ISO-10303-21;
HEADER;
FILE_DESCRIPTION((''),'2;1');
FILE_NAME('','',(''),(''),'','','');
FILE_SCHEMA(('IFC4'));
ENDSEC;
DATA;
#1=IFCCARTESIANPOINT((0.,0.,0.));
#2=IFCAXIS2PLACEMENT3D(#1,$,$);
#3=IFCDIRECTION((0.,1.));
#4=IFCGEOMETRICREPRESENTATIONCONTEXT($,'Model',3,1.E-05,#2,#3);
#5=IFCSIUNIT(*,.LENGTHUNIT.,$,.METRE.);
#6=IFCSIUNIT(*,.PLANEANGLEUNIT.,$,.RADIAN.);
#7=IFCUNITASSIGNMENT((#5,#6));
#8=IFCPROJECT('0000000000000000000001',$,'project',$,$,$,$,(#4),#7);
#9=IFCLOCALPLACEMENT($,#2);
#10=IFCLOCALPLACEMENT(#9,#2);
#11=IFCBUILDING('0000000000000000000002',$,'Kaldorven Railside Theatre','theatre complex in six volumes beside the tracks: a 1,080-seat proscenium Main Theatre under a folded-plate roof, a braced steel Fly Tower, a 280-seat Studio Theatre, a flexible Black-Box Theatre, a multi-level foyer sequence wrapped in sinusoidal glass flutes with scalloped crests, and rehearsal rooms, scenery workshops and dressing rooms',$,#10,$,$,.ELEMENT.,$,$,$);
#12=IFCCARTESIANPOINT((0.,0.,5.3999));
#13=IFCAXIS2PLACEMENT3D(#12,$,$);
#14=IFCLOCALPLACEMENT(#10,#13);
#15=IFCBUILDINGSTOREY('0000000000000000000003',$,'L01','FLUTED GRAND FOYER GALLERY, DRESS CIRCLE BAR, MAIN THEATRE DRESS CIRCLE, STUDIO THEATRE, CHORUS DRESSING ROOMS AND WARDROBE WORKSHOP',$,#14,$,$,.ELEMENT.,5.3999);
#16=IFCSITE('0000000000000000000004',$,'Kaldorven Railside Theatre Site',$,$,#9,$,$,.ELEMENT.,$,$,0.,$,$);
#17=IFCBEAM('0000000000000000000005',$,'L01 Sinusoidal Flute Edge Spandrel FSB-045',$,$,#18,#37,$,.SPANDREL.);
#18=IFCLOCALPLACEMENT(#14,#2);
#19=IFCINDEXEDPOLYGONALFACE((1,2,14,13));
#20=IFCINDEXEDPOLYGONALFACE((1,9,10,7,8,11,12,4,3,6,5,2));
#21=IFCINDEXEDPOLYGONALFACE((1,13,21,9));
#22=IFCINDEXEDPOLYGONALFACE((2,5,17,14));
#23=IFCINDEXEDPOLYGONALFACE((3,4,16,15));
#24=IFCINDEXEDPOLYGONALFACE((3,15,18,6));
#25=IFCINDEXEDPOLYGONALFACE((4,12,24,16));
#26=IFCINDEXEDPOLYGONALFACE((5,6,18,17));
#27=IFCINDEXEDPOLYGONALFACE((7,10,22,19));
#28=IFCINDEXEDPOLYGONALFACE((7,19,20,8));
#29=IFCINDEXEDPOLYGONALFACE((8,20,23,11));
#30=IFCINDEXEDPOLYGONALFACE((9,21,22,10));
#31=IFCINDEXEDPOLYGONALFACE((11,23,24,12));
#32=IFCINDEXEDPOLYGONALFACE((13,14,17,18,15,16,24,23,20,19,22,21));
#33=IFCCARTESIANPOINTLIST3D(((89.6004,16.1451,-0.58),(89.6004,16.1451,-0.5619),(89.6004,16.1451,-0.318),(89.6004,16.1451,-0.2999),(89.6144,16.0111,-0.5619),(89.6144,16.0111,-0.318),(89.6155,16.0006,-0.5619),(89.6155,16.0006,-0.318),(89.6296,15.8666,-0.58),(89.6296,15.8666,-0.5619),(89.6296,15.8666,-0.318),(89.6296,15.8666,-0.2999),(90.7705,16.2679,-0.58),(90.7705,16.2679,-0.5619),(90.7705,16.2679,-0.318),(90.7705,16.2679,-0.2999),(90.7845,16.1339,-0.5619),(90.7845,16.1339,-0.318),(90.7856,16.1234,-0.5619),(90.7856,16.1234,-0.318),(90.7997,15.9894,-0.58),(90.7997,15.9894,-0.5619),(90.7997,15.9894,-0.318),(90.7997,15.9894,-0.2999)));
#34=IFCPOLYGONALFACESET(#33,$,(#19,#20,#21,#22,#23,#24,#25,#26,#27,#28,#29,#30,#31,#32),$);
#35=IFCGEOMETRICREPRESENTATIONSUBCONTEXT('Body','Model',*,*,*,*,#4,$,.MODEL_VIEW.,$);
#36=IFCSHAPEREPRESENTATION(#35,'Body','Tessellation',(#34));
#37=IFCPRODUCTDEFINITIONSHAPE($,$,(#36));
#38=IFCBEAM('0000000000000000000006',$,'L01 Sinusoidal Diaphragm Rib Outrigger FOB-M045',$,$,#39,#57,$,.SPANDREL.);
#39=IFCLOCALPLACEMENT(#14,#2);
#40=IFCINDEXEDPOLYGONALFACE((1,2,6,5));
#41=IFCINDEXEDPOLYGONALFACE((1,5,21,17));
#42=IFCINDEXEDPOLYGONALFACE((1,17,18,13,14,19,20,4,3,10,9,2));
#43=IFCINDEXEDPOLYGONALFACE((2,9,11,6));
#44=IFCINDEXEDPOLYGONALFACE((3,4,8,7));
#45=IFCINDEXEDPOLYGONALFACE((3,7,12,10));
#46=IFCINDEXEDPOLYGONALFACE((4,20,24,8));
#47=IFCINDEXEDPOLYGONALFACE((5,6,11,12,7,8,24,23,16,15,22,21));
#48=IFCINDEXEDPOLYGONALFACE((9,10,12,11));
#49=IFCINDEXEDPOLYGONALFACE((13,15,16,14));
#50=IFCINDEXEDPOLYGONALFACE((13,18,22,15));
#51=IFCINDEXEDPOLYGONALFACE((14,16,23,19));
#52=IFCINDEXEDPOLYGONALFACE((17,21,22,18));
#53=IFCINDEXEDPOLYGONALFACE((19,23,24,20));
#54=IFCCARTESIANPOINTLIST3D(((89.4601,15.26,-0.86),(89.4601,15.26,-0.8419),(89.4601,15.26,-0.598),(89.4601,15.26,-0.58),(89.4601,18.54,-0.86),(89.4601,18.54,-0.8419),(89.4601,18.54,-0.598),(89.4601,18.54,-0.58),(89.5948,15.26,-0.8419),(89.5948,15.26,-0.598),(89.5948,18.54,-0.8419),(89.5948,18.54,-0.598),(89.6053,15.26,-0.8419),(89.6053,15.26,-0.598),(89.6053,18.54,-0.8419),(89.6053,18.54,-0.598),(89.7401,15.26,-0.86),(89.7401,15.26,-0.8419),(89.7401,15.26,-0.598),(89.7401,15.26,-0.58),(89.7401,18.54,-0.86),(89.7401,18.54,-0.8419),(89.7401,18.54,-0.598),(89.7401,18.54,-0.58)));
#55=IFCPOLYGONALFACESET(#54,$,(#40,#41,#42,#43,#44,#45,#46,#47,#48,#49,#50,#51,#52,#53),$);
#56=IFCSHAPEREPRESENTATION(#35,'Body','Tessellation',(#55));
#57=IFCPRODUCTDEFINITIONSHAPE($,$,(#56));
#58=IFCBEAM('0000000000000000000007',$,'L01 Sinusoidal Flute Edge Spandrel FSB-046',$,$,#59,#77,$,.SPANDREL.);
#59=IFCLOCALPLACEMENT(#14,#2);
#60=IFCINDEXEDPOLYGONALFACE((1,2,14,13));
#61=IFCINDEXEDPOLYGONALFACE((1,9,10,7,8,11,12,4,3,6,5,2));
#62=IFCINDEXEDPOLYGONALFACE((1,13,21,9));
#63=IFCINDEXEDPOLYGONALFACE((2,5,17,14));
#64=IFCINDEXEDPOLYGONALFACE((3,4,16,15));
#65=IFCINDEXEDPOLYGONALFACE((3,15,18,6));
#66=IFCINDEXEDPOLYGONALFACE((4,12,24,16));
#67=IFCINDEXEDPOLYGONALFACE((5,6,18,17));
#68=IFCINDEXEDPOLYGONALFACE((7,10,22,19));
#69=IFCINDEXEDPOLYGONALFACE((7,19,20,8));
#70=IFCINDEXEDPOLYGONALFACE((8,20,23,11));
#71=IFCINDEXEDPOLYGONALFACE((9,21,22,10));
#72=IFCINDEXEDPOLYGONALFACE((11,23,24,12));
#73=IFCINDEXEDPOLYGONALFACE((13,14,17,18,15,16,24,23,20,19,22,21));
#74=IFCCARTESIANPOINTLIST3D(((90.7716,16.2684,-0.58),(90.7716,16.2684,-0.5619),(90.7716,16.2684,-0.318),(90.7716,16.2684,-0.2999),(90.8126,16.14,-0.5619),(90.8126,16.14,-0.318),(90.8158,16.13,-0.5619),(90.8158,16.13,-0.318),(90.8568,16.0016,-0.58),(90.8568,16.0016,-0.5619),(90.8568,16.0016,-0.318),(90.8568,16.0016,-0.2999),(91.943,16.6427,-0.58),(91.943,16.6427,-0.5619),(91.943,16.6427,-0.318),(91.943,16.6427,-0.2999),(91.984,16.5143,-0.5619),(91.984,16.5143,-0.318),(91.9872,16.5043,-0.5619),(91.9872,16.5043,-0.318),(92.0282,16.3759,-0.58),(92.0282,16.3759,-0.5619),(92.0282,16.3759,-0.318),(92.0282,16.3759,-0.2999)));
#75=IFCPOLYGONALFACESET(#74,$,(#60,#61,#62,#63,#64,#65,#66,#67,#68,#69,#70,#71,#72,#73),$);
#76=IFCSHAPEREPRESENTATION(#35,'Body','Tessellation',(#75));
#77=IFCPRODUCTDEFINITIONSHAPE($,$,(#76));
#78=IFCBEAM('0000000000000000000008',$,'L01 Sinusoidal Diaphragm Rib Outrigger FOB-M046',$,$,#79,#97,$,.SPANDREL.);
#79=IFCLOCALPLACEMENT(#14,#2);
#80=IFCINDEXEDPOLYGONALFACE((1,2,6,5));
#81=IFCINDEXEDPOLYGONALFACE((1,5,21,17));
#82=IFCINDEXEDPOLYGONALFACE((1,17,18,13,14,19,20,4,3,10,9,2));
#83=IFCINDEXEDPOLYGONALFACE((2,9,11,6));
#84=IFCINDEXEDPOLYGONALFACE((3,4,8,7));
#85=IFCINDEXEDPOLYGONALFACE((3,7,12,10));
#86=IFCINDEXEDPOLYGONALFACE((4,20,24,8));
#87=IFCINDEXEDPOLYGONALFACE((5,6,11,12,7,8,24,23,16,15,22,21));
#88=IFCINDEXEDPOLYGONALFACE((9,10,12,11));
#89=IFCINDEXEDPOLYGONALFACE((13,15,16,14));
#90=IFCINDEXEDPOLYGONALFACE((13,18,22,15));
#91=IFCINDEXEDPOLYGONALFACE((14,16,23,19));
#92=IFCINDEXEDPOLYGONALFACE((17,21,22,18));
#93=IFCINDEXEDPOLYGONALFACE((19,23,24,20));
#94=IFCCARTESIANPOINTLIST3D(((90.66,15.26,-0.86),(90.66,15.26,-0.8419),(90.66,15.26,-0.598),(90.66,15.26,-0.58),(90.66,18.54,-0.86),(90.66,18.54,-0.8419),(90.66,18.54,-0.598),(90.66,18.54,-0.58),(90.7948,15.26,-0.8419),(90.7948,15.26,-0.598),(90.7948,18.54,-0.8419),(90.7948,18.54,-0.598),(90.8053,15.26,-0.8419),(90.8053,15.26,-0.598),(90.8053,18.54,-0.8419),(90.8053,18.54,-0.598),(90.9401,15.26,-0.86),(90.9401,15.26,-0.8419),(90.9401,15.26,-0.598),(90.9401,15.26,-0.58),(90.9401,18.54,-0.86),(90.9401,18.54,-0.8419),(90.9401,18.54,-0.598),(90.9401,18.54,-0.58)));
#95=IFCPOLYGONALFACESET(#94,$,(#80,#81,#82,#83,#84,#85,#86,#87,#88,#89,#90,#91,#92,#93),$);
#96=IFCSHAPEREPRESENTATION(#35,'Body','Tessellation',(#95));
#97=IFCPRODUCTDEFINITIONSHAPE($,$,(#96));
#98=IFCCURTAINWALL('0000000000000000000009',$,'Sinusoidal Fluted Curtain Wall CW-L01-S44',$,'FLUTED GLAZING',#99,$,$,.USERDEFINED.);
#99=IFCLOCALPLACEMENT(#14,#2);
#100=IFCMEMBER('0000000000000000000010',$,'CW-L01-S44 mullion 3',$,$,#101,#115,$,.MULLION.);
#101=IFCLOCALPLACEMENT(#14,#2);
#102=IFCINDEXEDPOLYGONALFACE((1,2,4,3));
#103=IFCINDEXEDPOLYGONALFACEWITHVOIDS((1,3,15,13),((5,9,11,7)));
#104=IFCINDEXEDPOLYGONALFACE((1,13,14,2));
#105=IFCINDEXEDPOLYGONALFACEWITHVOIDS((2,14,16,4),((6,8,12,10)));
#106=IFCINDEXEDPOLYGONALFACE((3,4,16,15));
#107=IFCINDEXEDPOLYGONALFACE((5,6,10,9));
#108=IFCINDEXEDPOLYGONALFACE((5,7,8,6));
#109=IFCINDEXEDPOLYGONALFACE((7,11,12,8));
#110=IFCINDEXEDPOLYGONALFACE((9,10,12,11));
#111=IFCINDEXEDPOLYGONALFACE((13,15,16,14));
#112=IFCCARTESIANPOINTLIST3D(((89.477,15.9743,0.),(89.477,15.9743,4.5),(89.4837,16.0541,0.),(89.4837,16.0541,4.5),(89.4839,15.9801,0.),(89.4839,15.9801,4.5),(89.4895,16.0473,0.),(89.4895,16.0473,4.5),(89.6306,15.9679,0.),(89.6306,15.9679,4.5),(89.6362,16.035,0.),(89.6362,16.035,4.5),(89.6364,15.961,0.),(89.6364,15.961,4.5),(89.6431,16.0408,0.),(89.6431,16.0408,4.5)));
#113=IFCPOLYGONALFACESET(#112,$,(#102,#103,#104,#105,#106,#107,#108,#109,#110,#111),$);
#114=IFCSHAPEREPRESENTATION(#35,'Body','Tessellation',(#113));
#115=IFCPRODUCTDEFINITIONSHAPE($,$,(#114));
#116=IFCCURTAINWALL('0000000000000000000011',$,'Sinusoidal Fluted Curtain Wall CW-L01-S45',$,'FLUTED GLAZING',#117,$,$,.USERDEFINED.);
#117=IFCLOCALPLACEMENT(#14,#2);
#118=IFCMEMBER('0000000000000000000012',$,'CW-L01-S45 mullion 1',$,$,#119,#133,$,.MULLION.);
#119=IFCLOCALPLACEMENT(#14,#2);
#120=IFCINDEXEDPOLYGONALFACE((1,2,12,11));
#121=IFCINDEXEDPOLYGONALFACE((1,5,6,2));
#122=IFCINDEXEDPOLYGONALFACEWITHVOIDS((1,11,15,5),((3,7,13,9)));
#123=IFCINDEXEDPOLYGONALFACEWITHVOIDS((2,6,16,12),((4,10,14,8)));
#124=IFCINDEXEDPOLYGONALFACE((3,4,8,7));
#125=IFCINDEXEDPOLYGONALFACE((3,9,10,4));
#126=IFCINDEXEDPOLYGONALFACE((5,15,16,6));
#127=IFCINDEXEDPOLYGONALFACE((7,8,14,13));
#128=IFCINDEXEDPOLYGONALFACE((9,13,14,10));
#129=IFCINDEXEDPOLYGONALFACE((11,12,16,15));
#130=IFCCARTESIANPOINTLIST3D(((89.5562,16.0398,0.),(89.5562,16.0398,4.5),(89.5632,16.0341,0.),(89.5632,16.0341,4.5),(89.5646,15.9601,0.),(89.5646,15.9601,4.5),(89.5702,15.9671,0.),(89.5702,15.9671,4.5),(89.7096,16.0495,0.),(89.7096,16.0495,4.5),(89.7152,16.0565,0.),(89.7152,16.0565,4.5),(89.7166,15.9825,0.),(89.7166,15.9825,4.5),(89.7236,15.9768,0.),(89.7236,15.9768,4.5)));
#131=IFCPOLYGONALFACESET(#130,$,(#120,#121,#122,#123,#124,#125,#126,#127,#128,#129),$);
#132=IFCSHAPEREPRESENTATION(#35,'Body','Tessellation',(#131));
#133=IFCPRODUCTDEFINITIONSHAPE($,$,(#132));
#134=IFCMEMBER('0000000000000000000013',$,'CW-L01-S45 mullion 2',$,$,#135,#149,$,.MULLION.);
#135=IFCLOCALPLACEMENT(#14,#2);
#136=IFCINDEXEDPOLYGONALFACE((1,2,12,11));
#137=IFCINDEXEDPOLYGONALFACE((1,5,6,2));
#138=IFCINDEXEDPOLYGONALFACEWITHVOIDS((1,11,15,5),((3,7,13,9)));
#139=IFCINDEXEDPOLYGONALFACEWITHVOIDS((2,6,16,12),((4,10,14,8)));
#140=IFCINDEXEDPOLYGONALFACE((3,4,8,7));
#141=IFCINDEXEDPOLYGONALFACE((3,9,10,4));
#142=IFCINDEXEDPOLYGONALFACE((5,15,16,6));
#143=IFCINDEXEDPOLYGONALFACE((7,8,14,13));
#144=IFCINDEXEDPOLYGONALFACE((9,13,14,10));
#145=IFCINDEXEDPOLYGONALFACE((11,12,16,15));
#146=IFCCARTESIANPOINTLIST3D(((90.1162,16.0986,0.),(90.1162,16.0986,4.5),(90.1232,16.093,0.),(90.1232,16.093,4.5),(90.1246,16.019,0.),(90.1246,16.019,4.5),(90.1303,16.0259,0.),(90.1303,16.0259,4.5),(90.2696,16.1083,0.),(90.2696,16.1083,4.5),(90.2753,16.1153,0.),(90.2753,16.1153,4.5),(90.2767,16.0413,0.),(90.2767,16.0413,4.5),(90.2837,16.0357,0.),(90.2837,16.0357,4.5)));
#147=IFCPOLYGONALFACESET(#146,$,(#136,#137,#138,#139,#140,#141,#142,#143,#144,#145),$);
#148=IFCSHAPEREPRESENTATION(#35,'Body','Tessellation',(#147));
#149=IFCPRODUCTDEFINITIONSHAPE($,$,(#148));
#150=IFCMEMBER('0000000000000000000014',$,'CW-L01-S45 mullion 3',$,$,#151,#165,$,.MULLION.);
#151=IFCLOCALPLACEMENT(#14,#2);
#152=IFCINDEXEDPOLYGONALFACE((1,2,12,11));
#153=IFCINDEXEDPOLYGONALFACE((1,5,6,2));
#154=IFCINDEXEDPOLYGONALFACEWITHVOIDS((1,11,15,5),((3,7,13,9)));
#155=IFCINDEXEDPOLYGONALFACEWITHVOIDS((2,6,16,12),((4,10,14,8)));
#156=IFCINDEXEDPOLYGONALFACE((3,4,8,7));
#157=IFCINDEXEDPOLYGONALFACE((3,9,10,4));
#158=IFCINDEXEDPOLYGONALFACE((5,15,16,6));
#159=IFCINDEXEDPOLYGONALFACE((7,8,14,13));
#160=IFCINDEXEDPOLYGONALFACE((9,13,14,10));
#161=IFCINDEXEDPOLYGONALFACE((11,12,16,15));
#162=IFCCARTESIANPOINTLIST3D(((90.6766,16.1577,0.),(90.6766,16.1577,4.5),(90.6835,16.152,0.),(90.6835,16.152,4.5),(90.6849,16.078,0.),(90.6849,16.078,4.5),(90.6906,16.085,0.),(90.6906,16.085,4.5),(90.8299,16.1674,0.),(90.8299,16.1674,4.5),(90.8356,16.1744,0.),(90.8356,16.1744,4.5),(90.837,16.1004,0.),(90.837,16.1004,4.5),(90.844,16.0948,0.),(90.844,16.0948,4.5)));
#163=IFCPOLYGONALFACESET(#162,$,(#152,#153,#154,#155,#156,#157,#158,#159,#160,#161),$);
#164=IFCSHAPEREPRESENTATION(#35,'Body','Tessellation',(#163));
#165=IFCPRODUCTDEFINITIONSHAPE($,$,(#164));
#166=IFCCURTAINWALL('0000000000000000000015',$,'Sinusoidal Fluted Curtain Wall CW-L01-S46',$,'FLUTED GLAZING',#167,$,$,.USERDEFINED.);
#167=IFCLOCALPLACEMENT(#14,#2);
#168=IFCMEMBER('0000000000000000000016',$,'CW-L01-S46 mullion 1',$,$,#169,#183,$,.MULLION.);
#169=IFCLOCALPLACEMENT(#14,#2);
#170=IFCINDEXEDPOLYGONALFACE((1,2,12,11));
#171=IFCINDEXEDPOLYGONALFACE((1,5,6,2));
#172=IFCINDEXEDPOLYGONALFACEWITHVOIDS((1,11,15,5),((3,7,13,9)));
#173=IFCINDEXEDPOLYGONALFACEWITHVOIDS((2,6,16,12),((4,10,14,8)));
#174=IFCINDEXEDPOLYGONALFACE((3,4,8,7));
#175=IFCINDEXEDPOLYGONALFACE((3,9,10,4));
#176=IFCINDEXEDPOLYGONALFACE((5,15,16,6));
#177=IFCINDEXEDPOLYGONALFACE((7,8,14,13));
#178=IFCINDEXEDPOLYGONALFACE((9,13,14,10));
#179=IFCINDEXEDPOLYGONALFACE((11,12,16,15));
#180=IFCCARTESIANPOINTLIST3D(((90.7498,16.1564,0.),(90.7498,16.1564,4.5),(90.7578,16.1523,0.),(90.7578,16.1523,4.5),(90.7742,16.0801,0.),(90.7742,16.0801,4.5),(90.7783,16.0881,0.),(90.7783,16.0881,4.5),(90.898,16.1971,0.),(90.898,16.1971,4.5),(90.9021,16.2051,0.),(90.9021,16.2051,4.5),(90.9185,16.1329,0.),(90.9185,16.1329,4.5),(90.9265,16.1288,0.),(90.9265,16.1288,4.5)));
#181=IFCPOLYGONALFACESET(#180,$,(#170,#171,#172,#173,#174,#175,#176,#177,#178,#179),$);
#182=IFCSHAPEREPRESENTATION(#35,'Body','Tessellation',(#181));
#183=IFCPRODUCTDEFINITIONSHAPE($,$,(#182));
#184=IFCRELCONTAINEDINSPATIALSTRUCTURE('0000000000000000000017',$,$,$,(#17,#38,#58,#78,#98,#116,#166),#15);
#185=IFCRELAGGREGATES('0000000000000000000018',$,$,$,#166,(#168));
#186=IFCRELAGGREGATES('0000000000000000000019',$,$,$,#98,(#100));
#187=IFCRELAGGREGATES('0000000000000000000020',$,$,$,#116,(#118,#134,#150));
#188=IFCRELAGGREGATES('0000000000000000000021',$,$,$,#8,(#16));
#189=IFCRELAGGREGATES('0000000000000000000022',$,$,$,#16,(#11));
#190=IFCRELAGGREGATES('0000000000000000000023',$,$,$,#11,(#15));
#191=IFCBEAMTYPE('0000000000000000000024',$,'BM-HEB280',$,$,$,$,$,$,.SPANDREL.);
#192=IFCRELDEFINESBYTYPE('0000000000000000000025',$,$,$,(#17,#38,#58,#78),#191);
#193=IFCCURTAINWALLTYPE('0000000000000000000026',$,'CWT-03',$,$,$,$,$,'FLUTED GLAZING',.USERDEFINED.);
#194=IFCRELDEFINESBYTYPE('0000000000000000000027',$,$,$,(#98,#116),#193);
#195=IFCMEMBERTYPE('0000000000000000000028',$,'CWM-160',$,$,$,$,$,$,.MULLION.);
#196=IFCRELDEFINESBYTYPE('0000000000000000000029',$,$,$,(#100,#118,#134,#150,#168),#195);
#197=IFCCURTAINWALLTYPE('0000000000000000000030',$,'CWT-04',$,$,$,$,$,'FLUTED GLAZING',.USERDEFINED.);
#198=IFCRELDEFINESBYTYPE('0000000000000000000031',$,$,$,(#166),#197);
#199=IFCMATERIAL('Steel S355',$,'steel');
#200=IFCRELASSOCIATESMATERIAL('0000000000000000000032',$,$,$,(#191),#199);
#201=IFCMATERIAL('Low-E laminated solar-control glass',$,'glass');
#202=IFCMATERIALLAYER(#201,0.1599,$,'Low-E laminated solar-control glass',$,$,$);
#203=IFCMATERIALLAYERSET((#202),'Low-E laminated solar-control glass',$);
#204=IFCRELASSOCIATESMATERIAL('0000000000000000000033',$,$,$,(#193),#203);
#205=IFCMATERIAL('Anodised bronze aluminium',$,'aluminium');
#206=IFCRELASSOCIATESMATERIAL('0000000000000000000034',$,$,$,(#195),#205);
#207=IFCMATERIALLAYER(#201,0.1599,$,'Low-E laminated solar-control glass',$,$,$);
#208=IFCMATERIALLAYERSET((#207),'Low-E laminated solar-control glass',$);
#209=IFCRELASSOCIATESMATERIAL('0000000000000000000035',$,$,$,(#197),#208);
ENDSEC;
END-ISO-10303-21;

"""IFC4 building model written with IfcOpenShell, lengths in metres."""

from ifc_helpers import new_model, si_unit, direction, frame, origin, origin_2d, place, context, subcontext, project, spatial, hollow_rectangle, i_section, extrude, material, layer, layer_set, material_profile, profile_set, type_object, element, aggregate, save


model = new_model("IFC4")

# Units and contexts
model_context = context("Model", 3, precision=1e-05, world=origin(), true_north=direction((0.0, 1.0)))
body_context = subcontext(model_context, "Body", "Model", "MODEL_VIEW")
ifc_project = project(units=[si_unit("LENGTHUNIT", "METRE"), si_unit("PLANEANGLEUNIT", "RADIAN")], contexts=[model_context])

# Site, building, storey
site_placement = place(None, origin())
site = spatial("IfcSite", under=ifc_project, at=site_placement, Name="Kaldorven Railside Theatre Site", CompositionType="ELEMENT", RefElevation=0.0)
building_placement = place(site_placement, origin())
building = spatial("IfcBuilding", under=site, at=building_placement, Name="Kaldorven Railside Theatre", Description="theatre complex in six volumes beside the tracks: a 1,080-seat proscenium Main Theatre under a folded-plate roof, a braced steel Fly Tower, a 280-seat Studio Theatre, a flexible Black-Box Theatre, a multi-level foyer sequence wrapped in sinusoidal glass flutes with scalloped crests, and rehearsal rooms, scenery workshops and dressing rooms", CompositionType="ELEMENT")
storey_placement = place(building_placement, frame((0.0, 0.0, 5.3999)))
storey = spatial("IfcBuildingStorey", under=building, at=storey_placement, Name="L01", Description="FLUTED GRAND FOYER GALLERY, DRESS CIRCLE BAR, MAIN THEATRE DRESS CIRCLE, STUDIO THEATRE, CHORUS DRESSING ROOMS AND WARDROBE WORKSHOP", CompositionType="ELEMENT", Elevation=5.3999)

# Beams
ifc_material_1 = material(Name="Steel S355", Category="steel")
ifc_material_profile_1 = material_profile(ifc_material_1, i_section(OverallWidth=0.28, OverallDepth=0.28, WebThickness=0.0105, FlangeThickness=0.0181, at=origin_2d()), Name="HEB 280")
ifc_profile_set_1 = profile_set([ifc_material_profile_1], Name="Steel S355")
beam_type = type_object("IfcBeamType", Name="BM-HEB280", PredefinedType="SPANDREL", material=ifc_profile_set_1)
beam_1_placement = place(storey_placement, frame((89.615, 16.0059, -0.4399), z_axis=(0.994538, 0.104372, 0.0), x_axis=(-0.104372, 0.994538, 0.0)))
element("IfcBeam", 1, at=beam_1_placement, inside=storey, type_object=beam_type, Name="L01 Sinusoidal Flute Edge Spandrel FSB-045", PredefinedType="SPANDREL", context=body_context, shape_type="SweptSolid", body=[
    extrude(i_section(OverallWidth=0.28, OverallDepth=0.28, WebThickness=0.0105, FlangeThickness=0.0181, at=origin_2d()), origin(), (0.0, 0.0, 1.0), 1.1765),
])
beam_2_placement = place(storey_placement, frame((89.6001, 15.26, -0.72), z_axis=(0.0, 1.0, 0.0), x_axis=(-1.0, 0.0, 0.0)))
element("IfcBeam", 2, at=beam_2_placement, inside=storey, type_object=beam_type, Name="L01 Sinusoidal Diaphragm Rib Outrigger FOB-M045", PredefinedType="SPANDREL", context=body_context, shape_type="SweptSolid", body=[
    extrude(i_section(OverallWidth=0.28, OverallDepth=0.28, WebThickness=0.0105, FlangeThickness=0.0181, at=origin_2d()), origin(), (0.0, 0.0, 1.0), 3.28),
])
beam_3_placement = place(storey_placement, frame((90.8142, 16.135, -0.4399), z_axis=(0.95256, 0.304351, 0.0), x_axis=(-0.304351, 0.95256, 0.0)))
element("IfcBeam", 3, at=beam_3_placement, inside=storey, type_object=beam_type, Name="L01 Sinusoidal Flute Edge Spandrel FSB-046", PredefinedType="SPANDREL", context=body_context, shape_type="SweptSolid", body=[
    extrude(i_section(OverallWidth=0.28, OverallDepth=0.28, WebThickness=0.0105, FlangeThickness=0.0181, at=origin_2d()), origin(), (0.0, 0.0, 1.0), 1.2297),
])
beam_4_placement = place(storey_placement, frame((90.8, 15.26, -0.72), z_axis=(0.0, 1.0, 0.0), x_axis=(-1.0, 0.0, 0.0)))
element("IfcBeam", 4, at=beam_4_placement, inside=storey, type_object=beam_type, Name="L01 Sinusoidal Diaphragm Rib Outrigger FOB-M046", PredefinedType="SPANDREL", context=body_context, shape_type="SweptSolid", body=[
    extrude(i_section(OverallWidth=0.28, OverallDepth=0.28, WebThickness=0.0105, FlangeThickness=0.0181, at=origin_2d()), origin(), (0.0, 0.0, 1.0), 3.28),
])

# Curtain wall, member
ifc_material_2 = material(Name="Low-E laminated solar-control glass", Category="glass")
ifc_layer_1 = layer(ifc_material_2, 0.1599, Name="Low-E laminated solar-control glass")
ifc_layer_set_1 = layer_set([ifc_layer_1], Name="Low-E laminated solar-control glass")
curtain_wall_type_1 = type_object("IfcCurtainWallType", Name="CWT-03", ElementType="FLUTED GLAZING", PredefinedType="USERDEFINED", material=ifc_layer_set_1)
curtain_wall_1_placement = place(storey_placement, origin())
curtain_wall_1 = element("IfcCurtainWall", 5, at=curtain_wall_1_placement, inside=storey, type_object=curtain_wall_type_1, Name="Sinusoidal Fluted Curtain Wall CW-L01-S44", ObjectType="FLUTED GLAZING", PredefinedType="USERDEFINED")
ifc_material_3 = material(Name="Anodised bronze aluminium", Category="aluminium")
ifc_material_profile_2 = material_profile(ifc_material_3, hollow_rectangle(XDim=0.0801, YDim=0.1599, WallThickness=0.0063, at=origin_2d()), Name="RHS 160x80x6.3")
ifc_profile_set_2 = profile_set([ifc_material_profile_2], Name="Anodised bronze aluminium")
member_type_1 = type_object("IfcMemberType", Name="CWM-160", PredefinedType="MULLION", material=ifc_profile_set_2)
member_1_placement = place(storey_placement, frame((89.5601, 16.0076, 0.0), z_axis=(0.0, 0.0, 1.0), x_axis=(0.08321, 0.996532, 0.0)))
member_1 = element("IfcMember", 6, at=member_1_placement, type_object=member_type_1, Name="CW-L01-S44 mullion 3", PredefinedType="MULLION", context=body_context, shape_type="SweptSolid", body=[
    extrude(hollow_rectangle(XDim=0.0801, YDim=0.1599, WallThickness=0.0063, at=origin_2d()), origin(), (0.0, 0.0, 1.0), 4.5),
])

# Curtain wall, members
curtain_wall_2_placement = place(storey_placement, origin())
curtain_wall_2 = element("IfcCurtainWall", 7, at=curtain_wall_2_placement, inside=storey, type_object=curtain_wall_type_1, Name="Sinusoidal Fluted Curtain Wall CW-L01-S45", ObjectType="FLUTED GLAZING", PredefinedType="USERDEFINED")
member_2_placement = place(storey_placement, frame((89.6399, 16.0083, 0.0), z_axis=(0.0, 0.0, 1.0), x_axis=(-0.104508, 0.994524, 0.0)))
member_2 = element("IfcMember", 8, at=member_2_placement, type_object=member_type_1, Name="CW-L01-S45 mullion 1", PredefinedType="MULLION", context=body_context, shape_type="SweptSolid", body=[
    extrude(hollow_rectangle(XDim=0.0801, YDim=0.1599, WallThickness=0.0063, at=origin_2d()), origin(), (0.0, 0.0, 1.0), 4.5),
])
member_3_placement = place(storey_placement, frame((90.2, 16.0671, 0.0), z_axis=(0.0, 0.0, 1.0), x_axis=(-0.104508, 0.994524, 0.0)))
member_3 = element("IfcMember", 9, at=member_3_placement, type_object=member_type_1, Name="CW-L01-S45 mullion 2", PredefinedType="MULLION", context=body_context, shape_type="SweptSolid", body=[
    extrude(hollow_rectangle(XDim=0.0801, YDim=0.1599, WallThickness=0.0063, at=origin_2d()), origin(), (0.0, 0.0, 1.0), 4.5),
])
member_4_placement = place(storey_placement, frame((90.7603, 16.1262, 0.0), z_axis=(0.0, 0.0, 1.0), x_axis=(-0.104508, 0.994524, 0.0)))
member_4 = element("IfcMember", 10, at=member_4_placement, type_object=member_type_1, Name="CW-L01-S45 mullion 3", PredefinedType="MULLION", context=body_context, shape_type="SweptSolid", body=[
    extrude(hollow_rectangle(XDim=0.0801, YDim=0.1599, WallThickness=0.0063, at=origin_2d()), origin(), (0.0, 0.0, 1.0), 4.5),
])

# Curtain wall, member
ifc_layer_2 = layer(ifc_material_2, 0.1599, Name="Low-E laminated solar-control glass")
ifc_layer_set_2 = layer_set([ifc_layer_2], Name="Low-E laminated solar-control glass")
curtain_wall_type_2 = type_object("IfcCurtainWallType", Name="CWT-04", ElementType="FLUTED GLAZING", PredefinedType="USERDEFINED", material=ifc_layer_set_2)
curtain_wall_3_placement = place(storey_placement, origin())
curtain_wall_3 = element("IfcCurtainWall", 11, at=curtain_wall_3_placement, inside=storey, type_object=curtain_wall_type_2, Name="Sinusoidal Fluted Curtain Wall CW-L01-S46", ObjectType="FLUTED GLAZING", PredefinedType="USERDEFINED")
member_5_placement = place(storey_placement, frame((90.8381, 16.1426, 0.0), z_axis=(0.0, 0.0, 1.0), x_axis=(-0.304488, 0.952516, 0.0)))
member_5 = element("IfcMember", 12, at=member_5_placement, type_object=member_type_1, Name="CW-L01-S46 mullion 1", PredefinedType="MULLION", context=body_context, shape_type="SweptSolid", body=[
    extrude(hollow_rectangle(XDim=0.0801, YDim=0.1599, WallThickness=0.0063, at=origin_2d()), origin(), (0.0, 0.0, 1.0), 4.5),
])

aggregate(curtain_wall_3, [member_5])

aggregate(curtain_wall_1, [member_1])
aggregate(curtain_wall_2, [member_2, member_3, member_4])

save(model, "model.ifc")
